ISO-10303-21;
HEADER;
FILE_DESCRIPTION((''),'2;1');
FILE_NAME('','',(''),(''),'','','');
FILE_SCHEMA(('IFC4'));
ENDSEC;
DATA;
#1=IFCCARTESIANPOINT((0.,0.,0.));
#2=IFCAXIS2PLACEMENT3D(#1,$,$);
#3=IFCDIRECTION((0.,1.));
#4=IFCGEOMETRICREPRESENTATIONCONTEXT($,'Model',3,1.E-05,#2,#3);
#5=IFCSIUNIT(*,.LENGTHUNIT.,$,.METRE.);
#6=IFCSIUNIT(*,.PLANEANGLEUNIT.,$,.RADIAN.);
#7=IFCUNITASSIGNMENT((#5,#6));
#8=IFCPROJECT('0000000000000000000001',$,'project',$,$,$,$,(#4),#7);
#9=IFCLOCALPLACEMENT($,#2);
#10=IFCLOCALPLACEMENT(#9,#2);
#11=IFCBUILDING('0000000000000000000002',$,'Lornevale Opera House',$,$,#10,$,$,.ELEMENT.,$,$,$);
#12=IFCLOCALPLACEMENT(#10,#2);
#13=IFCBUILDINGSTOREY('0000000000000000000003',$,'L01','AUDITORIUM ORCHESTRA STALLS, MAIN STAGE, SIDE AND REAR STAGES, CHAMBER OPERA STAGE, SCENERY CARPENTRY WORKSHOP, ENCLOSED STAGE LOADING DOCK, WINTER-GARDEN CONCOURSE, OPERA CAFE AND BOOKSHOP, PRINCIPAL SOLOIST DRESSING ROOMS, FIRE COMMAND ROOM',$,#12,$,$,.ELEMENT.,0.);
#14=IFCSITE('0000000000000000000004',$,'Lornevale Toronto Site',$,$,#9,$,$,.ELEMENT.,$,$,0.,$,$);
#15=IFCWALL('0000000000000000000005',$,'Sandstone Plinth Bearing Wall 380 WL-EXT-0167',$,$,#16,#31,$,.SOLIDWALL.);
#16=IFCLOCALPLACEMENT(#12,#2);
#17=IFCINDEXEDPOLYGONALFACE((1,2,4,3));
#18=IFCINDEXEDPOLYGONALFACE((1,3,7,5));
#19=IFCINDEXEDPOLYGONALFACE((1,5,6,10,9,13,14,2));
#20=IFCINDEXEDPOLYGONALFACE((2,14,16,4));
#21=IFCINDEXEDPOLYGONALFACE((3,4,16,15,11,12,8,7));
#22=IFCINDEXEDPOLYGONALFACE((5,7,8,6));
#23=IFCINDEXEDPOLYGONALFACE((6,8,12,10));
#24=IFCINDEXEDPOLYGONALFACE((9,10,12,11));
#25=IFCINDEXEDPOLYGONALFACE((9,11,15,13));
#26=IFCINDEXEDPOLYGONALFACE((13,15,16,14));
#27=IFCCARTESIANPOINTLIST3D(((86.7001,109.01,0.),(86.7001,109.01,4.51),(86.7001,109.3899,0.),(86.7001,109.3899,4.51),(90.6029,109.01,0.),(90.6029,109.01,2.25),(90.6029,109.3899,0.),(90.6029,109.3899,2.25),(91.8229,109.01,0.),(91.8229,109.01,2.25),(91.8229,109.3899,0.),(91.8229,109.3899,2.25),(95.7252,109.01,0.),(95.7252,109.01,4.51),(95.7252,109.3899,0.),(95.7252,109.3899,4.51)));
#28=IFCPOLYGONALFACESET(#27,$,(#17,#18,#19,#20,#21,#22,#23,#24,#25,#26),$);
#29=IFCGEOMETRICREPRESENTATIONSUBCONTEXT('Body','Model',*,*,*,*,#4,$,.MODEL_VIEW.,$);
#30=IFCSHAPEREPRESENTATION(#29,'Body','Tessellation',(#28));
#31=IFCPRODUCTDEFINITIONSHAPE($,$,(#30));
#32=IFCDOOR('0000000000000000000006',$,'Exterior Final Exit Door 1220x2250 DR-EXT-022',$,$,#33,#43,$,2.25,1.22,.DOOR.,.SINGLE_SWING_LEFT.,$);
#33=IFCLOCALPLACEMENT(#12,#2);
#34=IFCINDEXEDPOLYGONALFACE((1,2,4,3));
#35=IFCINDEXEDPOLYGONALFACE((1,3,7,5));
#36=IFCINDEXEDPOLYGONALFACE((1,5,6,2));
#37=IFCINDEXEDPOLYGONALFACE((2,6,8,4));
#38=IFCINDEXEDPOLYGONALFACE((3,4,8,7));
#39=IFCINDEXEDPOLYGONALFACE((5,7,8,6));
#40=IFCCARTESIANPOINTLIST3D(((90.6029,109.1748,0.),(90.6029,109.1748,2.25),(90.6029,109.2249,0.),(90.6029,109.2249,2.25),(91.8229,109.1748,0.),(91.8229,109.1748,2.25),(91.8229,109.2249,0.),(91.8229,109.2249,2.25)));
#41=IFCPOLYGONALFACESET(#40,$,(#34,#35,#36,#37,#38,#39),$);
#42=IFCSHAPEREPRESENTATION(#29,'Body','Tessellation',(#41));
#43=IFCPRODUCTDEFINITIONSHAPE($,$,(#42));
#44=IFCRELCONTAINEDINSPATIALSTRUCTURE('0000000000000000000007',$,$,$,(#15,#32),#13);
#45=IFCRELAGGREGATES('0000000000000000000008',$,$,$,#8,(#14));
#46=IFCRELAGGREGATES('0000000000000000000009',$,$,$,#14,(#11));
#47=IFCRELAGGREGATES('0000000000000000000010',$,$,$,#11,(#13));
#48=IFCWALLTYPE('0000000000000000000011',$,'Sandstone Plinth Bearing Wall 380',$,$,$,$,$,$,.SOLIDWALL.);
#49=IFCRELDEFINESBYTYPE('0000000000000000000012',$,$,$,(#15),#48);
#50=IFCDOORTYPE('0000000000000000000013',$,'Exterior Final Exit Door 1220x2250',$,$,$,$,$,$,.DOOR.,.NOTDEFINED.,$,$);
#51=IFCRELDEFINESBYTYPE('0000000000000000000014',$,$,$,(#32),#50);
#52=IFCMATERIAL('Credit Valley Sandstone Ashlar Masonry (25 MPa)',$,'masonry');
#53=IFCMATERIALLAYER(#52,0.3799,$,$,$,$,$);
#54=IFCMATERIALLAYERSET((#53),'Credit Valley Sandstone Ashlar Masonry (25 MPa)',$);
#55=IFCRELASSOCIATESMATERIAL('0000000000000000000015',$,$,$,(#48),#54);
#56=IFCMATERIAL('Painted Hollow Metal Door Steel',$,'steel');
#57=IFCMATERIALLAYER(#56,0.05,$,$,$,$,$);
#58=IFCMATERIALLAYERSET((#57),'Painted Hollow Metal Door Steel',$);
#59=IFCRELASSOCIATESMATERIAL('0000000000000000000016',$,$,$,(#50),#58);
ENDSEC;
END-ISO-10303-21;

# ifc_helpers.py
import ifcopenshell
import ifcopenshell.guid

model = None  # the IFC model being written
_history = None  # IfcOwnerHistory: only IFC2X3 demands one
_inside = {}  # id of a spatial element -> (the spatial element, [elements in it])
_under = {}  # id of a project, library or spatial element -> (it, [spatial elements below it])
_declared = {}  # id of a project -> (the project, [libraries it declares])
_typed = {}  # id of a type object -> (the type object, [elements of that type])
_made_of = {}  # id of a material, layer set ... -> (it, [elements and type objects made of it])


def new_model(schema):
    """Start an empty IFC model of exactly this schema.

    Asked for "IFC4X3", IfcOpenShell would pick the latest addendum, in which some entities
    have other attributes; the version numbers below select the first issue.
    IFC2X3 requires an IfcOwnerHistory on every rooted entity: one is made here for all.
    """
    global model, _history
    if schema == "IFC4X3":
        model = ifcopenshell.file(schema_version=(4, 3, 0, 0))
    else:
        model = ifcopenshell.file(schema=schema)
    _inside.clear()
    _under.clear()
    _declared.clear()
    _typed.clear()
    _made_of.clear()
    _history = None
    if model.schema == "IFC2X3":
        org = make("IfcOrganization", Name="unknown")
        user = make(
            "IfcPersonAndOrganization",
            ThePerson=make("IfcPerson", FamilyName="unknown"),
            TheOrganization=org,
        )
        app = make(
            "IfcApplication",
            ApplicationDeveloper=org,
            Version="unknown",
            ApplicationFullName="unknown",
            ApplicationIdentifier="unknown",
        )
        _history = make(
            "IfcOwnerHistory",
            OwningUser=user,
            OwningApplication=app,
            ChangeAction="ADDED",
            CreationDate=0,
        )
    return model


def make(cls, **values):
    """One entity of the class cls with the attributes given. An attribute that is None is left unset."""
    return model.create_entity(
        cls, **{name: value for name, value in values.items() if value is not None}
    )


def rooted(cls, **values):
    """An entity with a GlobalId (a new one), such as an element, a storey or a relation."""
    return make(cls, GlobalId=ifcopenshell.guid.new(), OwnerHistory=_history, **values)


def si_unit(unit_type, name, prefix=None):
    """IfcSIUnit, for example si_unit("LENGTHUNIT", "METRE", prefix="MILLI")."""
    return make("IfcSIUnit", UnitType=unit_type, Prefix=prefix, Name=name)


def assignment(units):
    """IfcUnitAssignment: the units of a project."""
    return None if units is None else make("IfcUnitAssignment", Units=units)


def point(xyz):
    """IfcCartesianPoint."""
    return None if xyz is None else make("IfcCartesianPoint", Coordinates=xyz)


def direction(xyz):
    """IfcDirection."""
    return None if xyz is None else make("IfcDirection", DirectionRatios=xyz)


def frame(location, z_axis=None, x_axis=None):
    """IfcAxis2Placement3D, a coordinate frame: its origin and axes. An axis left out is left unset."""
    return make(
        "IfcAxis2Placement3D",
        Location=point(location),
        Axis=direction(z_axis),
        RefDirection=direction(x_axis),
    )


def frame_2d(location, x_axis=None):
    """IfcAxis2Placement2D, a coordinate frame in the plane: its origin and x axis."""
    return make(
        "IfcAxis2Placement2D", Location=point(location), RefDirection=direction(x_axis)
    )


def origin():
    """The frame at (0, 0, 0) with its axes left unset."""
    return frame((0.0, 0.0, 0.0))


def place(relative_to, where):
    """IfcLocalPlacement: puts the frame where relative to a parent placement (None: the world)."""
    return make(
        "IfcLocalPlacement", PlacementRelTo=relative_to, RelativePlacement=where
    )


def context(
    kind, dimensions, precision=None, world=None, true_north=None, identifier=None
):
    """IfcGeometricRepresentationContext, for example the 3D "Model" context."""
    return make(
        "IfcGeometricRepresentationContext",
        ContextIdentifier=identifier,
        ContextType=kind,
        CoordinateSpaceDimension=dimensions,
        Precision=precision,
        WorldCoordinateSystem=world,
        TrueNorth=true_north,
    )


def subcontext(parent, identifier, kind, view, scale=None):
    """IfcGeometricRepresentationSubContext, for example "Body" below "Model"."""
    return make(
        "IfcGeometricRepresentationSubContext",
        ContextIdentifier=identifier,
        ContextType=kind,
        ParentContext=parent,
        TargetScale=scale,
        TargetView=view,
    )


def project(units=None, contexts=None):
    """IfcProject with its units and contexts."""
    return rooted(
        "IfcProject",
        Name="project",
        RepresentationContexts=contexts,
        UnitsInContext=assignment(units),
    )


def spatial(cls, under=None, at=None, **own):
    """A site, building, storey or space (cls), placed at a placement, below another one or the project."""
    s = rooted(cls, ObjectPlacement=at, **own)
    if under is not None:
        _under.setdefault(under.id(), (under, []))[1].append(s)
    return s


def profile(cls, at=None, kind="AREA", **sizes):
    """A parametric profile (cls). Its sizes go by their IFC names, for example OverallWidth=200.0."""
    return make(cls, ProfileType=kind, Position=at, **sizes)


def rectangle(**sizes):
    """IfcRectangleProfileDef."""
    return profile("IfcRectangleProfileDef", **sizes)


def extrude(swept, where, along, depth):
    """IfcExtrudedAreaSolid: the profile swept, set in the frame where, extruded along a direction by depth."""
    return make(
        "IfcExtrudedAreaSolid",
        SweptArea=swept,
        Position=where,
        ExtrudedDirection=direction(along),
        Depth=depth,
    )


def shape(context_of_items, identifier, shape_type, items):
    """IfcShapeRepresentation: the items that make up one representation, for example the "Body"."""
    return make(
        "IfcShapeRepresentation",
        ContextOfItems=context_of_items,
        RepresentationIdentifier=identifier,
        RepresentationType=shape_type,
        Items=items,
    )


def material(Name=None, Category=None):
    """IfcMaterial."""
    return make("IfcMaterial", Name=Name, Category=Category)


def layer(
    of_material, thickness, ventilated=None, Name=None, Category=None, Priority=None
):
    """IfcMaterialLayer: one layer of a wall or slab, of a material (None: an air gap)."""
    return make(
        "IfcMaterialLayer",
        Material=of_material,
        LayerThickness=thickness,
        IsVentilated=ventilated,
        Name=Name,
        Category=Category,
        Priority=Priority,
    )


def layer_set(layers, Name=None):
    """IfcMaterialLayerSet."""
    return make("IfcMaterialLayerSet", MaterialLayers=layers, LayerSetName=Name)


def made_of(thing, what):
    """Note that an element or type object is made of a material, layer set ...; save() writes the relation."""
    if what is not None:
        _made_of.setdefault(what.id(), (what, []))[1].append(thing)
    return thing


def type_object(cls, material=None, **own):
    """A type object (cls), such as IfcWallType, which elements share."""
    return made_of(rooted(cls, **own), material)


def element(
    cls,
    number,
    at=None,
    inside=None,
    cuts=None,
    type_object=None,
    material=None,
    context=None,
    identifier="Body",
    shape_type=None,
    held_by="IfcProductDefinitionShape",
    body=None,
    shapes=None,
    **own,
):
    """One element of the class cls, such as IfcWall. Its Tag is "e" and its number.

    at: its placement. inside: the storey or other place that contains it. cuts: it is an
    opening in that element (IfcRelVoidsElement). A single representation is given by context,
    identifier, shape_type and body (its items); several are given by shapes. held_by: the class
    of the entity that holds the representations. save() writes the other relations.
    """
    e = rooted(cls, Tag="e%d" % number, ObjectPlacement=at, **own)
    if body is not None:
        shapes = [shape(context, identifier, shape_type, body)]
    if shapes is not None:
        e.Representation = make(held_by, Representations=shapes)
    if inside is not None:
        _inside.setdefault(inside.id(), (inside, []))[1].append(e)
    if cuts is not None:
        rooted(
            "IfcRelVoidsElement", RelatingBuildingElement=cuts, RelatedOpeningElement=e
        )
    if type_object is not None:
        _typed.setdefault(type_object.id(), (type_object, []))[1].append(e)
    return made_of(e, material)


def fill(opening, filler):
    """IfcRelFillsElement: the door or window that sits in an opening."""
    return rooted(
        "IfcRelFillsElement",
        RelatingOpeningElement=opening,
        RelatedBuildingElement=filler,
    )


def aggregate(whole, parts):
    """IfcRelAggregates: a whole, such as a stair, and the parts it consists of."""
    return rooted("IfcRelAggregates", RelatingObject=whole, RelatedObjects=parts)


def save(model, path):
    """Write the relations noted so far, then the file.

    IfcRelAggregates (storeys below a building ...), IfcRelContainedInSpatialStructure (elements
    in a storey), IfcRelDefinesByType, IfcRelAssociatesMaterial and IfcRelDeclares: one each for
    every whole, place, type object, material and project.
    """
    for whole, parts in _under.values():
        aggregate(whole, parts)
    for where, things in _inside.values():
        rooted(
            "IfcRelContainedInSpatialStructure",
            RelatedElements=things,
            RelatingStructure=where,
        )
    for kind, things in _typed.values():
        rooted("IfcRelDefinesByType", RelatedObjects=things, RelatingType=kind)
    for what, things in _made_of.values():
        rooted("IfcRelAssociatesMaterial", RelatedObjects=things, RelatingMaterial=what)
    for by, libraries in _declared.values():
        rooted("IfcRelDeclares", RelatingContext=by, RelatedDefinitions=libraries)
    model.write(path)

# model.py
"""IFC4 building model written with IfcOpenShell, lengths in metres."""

from ifc_helpers import new_model, si_unit, direction, frame, frame_2d, origin, place, context, subcontext, project, spatial, rectangle, extrude, material, layer, layer_set, type_object, element, fill, save


model = new_model("IFC4")

# Units and contexts
model_context = context("Model", 3, precision=1e-05, world=origin(), true_north=direction((0.0, 1.0)))
body_context = subcontext(model_context, "Body", "Model", "MODEL_VIEW")
ifc_project = project(units=[si_unit("LENGTHUNIT", "METRE"), si_unit("PLANEANGLEUNIT", "RADIAN")], contexts=[model_context])

# Site, building, storey
site_placement = place(None, origin())
site = spatial("IfcSite", under=ifc_project, at=site_placement, Name="Lornevale Toronto Site", CompositionType="ELEMENT", RefElevation=0.0)
building_placement = place(site_placement, origin())
building = spatial("IfcBuilding", under=site, at=building_placement, Name="Lornevale Opera House", CompositionType="ELEMENT")
storey_placement = place(building_placement, origin())
storey = spatial("IfcBuildingStorey", under=building, at=storey_placement, Name="L01", Description="AUDITORIUM ORCHESTRA STALLS, MAIN STAGE, SIDE AND REAR STAGES, CHAMBER OPERA STAGE, SCENERY CARPENTRY WORKSHOP, ENCLOSED STAGE LOADING DOCK, WINTER-GARDEN CONCOURSE, OPERA CAFE AND BOOKSHOP, PRINCIPAL SOLOIST DRESSING ROOMS, FIRE COMMAND ROOM", CompositionType="ELEMENT", Elevation=0.0)

# Shared definitions
ifc_material_1 = material(Name="Painted Hollow Metal Door Steel", Category="steel")

# Wall, opening, door
ifc_material_2 = material(Name="Credit Valley Sandstone Ashlar Masonry (25 MPa)", Category="masonry")
ifc_layer_1 = layer(ifc_material_2, 0.3799)
ifc_layer_set_1 = layer_set([ifc_layer_1], Name="Credit Valley Sandstone Ashlar Masonry (25 MPa)")
wall_type_1 = type_object("IfcWallType", Name="Sandstone Plinth Bearing Wall 380", PredefinedType="SOLIDWALL", material=ifc_layer_set_1)
wall_1_placement = place(storey_placement, frame((86.7, 109.2, 0.0), z_axis=(0.0, 0.0, 1.0), x_axis=(1.0, 0.0, 0.0)))
wall_1 = element("IfcWall", 1, at=wall_1_placement, inside=storey, type_object=wall_type_1, Name="Sandstone Plinth Bearing Wall 380 WL-EXT-0167", PredefinedType="SOLIDWALL", context=body_context, shape_type="SweptSolid", body=[
    extrude(rectangle(XDim=9.0251, YDim=0.3799, at=frame_2d((4.5127, 0.0))), origin(), (0.0, 0.0, 1.0), 4.51),
])
opening_1_placement = place(wall_1_placement, frame((3.9031, 0.0, 0.0)))
opening_1 = element("IfcOpeningElement", 2, at=opening_1_placement, cuts=wall_1, PredefinedType="OPENING", context=body_context, shape_type="SweptSolid", body=[
    extrude(rectangle(XDim=1.22, YDim=2.25, at=frame_2d((0.6099, 1.125))), frame((0.0, 0.2, 0.0), z_axis=(0.0, -1.0, 0.0), x_axis=(1.0, 0.0, 0.0)), (0.0, 0.0, 1.0), 0.3999),
])
ifc_layer_2 = layer(ifc_material_1, 0.05)
ifc_layer_set_2 = layer_set([ifc_layer_2], Name="Painted Hollow Metal Door Steel")
door_type_1 = type_object("IfcDoorType", Name="Exterior Final Exit Door 1220x2250", OperationType="NOTDEFINED", PredefinedType="DOOR", material=ifc_layer_set_2)
door_1_placement = place(opening_1_placement, origin())
door_1 = element("IfcDoor", 3, at=door_1_placement, inside=storey, type_object=door_type_1, Name="Exterior Final Exit Door 1220x2250 DR-EXT-022", OperationType="SINGLE_SWING_LEFT", OverallHeight=2.25, OverallWidth=1.22, PredefinedType="DOOR", context=body_context, shape_type="SweptSolid", body=[
    extrude(rectangle(XDim=1.22, YDim=2.25, at=frame_2d((0.6099, 1.125))), frame((0.0, 0.0249, 0.0), z_axis=(0.0, -1.0, 0.0), x_axis=(1.0, 0.0, 0.0)), (0.0, 0.0, 1.0), 0.05),
])
fill(opening_1, door_1)

save(model, "model.ifc")
